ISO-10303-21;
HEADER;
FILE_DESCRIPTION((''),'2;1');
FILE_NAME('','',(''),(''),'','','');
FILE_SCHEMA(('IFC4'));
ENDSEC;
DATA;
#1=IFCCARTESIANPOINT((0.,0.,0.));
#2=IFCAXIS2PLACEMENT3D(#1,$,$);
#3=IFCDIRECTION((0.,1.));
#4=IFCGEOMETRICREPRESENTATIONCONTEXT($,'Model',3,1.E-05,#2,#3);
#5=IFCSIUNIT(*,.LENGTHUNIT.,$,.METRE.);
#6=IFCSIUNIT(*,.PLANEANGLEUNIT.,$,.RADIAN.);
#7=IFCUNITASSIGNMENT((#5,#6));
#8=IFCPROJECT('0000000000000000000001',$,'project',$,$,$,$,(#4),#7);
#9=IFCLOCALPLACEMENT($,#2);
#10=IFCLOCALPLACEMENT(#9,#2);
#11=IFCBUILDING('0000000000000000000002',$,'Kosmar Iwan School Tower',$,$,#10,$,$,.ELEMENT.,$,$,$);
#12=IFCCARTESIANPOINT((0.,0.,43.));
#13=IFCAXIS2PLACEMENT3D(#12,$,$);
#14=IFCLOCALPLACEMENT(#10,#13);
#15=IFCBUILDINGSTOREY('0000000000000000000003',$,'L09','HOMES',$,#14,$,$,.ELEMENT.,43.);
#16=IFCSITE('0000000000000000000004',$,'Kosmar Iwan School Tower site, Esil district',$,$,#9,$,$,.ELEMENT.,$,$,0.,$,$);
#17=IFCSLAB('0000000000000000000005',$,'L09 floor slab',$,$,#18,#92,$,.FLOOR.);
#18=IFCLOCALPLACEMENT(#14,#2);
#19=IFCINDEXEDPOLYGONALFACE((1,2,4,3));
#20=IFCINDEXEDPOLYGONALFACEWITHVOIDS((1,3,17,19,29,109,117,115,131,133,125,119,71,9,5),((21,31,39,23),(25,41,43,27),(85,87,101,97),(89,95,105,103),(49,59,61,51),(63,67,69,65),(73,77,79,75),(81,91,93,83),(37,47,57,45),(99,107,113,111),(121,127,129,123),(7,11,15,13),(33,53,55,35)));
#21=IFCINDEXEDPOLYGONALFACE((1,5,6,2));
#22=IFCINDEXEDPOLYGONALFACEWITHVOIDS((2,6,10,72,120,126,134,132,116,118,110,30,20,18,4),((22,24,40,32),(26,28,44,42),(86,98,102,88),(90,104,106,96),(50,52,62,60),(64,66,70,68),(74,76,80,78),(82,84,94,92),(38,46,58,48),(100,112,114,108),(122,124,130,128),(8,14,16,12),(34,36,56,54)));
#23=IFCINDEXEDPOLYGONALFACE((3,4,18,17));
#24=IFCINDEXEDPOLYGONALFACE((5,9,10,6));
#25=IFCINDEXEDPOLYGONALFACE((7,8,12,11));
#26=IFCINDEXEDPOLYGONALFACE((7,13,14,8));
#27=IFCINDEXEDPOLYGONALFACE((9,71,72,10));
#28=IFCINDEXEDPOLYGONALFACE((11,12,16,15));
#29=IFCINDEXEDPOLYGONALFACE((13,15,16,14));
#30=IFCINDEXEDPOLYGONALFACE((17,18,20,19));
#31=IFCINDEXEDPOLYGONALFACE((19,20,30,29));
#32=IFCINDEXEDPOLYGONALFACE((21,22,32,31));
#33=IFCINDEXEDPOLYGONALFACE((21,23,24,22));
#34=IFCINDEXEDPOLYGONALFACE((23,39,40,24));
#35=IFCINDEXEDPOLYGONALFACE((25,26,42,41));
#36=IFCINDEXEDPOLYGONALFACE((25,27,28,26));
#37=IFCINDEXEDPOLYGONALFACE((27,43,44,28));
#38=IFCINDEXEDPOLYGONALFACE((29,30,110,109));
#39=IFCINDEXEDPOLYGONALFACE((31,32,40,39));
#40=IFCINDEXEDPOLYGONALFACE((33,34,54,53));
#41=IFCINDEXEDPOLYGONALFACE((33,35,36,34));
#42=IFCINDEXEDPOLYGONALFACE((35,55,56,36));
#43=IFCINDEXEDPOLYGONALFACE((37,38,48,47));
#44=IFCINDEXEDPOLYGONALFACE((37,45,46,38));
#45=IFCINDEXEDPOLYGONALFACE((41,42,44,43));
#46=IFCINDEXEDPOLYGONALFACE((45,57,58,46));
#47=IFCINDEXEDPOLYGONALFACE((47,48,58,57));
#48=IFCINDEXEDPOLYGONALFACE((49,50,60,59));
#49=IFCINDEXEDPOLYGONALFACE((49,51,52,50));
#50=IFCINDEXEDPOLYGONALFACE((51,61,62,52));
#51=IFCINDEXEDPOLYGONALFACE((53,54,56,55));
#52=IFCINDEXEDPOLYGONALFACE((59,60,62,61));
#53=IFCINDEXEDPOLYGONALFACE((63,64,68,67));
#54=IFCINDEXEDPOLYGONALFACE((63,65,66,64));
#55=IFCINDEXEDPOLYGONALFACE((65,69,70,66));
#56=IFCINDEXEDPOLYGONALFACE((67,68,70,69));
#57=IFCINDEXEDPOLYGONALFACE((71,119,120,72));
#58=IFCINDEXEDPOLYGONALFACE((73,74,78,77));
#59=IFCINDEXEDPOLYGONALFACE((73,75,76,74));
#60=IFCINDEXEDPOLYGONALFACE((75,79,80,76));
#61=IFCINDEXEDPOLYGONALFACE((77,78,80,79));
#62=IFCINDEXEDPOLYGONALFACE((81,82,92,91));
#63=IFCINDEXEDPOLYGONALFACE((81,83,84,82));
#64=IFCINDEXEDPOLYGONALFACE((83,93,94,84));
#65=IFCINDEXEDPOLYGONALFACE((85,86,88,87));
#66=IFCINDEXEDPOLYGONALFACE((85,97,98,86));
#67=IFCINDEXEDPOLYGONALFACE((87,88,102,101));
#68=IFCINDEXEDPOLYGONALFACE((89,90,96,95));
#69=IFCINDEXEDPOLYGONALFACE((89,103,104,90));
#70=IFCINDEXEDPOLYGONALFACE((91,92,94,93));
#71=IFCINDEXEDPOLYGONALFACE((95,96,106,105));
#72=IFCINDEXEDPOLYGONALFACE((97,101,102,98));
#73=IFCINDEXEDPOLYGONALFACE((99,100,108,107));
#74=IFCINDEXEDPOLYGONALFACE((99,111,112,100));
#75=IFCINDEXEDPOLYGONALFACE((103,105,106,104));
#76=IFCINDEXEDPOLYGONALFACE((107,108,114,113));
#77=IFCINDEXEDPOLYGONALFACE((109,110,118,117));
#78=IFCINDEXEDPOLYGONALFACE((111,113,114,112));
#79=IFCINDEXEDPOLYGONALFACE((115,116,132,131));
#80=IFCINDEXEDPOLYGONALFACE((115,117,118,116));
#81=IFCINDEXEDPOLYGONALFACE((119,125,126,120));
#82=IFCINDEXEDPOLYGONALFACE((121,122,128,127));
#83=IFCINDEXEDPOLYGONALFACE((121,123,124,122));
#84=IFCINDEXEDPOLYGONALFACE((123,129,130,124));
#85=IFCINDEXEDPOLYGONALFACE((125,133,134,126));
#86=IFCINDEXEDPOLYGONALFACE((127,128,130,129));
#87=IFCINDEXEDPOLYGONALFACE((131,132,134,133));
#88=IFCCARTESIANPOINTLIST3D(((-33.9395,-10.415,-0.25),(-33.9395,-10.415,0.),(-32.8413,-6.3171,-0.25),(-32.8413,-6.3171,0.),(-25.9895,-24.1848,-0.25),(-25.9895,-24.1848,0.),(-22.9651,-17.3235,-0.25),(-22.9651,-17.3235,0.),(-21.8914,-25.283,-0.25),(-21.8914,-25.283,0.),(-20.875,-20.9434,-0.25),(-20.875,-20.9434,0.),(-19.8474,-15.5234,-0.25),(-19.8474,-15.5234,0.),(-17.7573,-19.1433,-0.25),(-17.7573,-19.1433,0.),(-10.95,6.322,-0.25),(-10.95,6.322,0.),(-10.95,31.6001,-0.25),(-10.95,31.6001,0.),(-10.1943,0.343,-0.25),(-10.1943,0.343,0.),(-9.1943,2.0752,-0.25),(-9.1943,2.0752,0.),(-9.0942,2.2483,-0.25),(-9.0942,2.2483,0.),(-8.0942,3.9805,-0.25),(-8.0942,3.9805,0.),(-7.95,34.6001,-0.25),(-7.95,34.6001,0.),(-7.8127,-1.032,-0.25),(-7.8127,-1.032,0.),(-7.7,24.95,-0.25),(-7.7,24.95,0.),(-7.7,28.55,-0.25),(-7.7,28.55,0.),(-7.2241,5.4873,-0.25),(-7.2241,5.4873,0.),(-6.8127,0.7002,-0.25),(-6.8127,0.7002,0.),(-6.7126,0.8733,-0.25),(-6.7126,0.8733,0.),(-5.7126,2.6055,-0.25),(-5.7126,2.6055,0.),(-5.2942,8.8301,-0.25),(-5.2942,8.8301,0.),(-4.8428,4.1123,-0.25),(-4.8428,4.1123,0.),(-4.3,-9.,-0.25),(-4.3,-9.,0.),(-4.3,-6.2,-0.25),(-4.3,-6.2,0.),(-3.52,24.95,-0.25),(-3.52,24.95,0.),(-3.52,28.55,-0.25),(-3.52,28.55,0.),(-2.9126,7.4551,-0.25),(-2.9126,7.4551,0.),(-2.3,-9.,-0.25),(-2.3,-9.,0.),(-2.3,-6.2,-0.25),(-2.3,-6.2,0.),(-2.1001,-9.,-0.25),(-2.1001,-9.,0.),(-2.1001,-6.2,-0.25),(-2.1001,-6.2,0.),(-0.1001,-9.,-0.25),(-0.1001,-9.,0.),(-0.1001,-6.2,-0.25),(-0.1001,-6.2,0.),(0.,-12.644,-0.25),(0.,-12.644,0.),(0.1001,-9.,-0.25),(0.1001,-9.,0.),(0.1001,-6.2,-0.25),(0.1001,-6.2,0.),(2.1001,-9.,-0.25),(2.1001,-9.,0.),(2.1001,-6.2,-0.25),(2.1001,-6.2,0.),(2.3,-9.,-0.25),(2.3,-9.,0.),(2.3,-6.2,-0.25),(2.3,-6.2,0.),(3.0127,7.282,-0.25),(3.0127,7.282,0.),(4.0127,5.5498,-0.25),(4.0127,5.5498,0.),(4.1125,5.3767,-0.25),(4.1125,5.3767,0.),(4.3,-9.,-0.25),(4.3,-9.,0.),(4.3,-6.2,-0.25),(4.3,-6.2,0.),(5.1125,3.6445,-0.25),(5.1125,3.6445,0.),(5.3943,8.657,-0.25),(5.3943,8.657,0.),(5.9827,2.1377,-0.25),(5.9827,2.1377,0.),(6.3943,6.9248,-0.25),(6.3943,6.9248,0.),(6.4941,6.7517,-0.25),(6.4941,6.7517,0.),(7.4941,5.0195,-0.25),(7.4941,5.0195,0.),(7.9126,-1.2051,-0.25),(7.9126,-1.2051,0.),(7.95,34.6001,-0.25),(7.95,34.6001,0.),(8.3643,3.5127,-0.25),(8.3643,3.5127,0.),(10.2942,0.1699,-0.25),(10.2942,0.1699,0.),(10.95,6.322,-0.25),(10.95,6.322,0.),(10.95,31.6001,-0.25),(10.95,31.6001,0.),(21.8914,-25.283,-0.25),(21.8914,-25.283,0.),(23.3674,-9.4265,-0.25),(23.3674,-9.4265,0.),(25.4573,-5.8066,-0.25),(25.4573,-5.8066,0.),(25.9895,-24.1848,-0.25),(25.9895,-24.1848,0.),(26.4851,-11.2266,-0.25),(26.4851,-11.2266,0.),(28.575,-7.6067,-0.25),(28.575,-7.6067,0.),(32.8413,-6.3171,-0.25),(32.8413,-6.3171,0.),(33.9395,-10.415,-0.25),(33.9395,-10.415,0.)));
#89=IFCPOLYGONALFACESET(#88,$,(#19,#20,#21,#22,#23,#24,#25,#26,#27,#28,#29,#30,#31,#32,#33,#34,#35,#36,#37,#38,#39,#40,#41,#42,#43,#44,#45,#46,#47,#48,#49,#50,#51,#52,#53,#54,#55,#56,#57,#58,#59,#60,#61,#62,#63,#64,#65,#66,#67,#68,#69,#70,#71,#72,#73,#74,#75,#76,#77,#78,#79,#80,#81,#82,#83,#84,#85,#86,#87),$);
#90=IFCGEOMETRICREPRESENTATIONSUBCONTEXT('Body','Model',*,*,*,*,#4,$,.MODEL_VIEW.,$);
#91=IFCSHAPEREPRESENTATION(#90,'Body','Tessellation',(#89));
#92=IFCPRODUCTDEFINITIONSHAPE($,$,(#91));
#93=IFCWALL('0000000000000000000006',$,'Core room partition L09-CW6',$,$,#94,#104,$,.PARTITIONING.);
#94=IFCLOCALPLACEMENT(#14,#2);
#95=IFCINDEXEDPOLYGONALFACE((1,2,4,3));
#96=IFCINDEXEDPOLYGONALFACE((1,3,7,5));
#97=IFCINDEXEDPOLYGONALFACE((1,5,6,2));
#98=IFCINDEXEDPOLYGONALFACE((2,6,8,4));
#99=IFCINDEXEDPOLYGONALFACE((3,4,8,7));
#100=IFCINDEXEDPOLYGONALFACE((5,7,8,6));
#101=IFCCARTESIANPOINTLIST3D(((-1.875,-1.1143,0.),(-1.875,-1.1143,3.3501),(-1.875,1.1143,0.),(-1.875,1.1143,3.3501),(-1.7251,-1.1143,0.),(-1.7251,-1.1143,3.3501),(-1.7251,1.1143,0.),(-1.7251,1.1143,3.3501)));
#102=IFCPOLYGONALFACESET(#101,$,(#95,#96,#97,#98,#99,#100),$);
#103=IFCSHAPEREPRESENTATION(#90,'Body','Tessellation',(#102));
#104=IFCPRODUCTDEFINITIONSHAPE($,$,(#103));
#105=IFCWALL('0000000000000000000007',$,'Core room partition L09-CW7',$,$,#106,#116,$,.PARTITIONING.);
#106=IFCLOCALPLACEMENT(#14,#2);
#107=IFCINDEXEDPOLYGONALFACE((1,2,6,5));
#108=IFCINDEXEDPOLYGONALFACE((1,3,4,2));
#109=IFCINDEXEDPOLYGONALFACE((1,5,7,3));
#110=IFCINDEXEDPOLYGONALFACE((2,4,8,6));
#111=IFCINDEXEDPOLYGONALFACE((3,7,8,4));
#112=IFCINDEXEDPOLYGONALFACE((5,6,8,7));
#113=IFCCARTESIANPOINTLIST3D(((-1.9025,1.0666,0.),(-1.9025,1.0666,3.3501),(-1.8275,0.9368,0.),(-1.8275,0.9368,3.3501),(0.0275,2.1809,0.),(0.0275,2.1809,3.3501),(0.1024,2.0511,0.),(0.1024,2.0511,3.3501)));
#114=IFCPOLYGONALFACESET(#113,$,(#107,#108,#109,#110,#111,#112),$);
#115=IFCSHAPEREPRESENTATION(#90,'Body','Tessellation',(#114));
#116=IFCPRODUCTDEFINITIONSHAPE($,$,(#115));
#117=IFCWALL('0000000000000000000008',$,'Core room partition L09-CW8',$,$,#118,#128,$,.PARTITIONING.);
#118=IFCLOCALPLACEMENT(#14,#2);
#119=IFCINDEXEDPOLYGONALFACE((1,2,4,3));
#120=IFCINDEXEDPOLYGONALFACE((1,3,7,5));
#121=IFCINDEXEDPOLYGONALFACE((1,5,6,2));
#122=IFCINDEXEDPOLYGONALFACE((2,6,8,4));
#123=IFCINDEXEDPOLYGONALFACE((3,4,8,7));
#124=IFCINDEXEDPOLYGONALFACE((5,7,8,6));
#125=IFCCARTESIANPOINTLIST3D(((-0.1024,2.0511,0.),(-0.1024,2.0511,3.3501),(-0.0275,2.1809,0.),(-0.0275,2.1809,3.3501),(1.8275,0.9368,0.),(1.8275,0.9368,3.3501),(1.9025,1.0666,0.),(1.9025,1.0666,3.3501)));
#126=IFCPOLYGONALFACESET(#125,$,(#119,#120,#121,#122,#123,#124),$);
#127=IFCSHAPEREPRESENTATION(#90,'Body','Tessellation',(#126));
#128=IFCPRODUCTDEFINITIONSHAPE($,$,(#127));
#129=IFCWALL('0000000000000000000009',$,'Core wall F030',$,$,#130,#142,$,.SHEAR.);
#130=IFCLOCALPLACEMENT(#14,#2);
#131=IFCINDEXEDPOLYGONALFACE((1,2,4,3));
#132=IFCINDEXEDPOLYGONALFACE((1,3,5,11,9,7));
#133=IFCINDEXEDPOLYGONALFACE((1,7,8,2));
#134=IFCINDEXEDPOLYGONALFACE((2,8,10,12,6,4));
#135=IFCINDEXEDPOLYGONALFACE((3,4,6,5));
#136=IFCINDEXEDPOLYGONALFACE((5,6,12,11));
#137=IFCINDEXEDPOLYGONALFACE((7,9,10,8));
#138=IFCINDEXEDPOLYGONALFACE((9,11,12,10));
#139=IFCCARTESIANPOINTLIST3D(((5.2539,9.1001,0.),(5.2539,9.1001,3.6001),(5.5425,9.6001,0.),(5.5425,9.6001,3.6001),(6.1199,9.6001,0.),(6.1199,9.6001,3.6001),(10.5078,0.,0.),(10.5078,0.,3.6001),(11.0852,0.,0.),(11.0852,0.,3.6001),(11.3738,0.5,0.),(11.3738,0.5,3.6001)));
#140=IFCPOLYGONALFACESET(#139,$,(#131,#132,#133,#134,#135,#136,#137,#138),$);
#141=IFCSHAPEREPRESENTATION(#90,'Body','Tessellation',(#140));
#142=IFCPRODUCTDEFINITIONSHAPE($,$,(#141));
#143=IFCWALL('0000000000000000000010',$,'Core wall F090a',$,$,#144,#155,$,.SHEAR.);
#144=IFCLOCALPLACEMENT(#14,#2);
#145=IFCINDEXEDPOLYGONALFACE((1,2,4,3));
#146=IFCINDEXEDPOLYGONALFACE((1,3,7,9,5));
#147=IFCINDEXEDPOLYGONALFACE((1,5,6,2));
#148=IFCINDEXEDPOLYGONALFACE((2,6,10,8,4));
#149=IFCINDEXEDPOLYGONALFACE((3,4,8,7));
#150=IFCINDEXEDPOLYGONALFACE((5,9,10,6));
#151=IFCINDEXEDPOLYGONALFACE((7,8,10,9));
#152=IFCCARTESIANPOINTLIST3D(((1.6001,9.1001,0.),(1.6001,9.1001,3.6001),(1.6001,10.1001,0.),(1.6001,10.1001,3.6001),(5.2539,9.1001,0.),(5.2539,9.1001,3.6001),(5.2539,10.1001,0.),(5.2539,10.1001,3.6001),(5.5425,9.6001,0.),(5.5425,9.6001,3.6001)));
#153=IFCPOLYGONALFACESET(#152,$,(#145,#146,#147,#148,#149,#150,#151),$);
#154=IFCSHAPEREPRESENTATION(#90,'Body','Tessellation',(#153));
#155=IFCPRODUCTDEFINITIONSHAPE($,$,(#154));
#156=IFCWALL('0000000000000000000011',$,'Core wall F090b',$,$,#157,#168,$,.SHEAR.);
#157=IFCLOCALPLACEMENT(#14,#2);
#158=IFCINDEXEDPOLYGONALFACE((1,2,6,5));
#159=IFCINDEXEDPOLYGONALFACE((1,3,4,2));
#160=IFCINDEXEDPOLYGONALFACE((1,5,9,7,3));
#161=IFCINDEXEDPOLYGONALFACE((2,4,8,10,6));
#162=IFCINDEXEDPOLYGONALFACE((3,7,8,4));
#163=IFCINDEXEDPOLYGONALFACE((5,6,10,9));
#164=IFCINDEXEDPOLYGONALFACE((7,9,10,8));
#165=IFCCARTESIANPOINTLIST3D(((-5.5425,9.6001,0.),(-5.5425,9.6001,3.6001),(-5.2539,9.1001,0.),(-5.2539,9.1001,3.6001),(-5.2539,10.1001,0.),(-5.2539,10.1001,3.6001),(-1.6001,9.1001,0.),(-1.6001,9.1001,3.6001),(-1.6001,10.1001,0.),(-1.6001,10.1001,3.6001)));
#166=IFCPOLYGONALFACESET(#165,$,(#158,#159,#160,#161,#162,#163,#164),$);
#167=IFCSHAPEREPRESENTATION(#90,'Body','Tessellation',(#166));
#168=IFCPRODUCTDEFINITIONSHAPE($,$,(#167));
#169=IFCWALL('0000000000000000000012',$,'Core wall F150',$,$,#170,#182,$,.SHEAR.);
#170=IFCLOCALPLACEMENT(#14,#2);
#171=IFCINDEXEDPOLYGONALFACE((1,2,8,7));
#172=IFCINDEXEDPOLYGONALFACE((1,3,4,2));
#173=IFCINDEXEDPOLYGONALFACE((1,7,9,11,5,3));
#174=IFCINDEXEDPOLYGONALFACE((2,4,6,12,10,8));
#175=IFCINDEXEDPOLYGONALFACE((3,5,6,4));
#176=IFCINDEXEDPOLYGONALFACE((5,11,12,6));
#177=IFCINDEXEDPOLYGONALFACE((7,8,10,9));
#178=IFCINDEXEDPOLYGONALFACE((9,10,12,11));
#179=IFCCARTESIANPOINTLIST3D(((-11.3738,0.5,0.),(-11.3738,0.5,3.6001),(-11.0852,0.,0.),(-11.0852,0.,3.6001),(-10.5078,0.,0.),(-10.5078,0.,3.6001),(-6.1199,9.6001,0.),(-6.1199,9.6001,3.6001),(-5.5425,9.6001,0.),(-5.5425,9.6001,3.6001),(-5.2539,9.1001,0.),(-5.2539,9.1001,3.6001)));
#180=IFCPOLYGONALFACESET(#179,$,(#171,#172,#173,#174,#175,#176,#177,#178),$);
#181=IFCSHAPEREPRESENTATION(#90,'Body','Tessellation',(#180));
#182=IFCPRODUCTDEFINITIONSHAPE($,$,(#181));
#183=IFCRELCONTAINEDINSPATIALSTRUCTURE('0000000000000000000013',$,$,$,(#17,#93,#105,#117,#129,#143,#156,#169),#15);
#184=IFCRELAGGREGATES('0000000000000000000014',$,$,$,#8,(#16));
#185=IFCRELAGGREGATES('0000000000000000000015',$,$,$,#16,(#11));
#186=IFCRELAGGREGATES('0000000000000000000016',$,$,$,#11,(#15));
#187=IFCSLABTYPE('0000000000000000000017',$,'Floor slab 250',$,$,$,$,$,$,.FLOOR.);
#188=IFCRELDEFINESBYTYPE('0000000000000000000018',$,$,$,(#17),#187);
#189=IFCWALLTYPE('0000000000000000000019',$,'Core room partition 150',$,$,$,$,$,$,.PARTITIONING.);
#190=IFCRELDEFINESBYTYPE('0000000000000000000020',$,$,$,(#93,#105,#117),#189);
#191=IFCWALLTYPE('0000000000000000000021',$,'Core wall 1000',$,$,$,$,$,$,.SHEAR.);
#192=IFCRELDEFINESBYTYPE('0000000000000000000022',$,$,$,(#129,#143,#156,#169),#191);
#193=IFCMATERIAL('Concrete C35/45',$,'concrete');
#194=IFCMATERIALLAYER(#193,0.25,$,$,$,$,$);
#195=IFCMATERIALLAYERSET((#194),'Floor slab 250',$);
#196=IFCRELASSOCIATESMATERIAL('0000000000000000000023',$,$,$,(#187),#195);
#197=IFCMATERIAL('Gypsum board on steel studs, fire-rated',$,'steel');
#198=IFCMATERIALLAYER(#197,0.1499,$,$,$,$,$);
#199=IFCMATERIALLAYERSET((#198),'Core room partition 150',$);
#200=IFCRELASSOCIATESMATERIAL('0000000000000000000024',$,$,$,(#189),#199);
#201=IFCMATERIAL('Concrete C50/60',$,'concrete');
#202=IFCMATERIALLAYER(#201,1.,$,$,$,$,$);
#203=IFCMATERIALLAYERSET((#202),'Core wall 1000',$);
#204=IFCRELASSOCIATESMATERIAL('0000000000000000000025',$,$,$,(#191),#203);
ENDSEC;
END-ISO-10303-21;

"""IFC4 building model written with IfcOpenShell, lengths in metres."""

from ifc_helpers import new_model, si_unit, direction, frame, frame_2d, origin, place, context, subcontext, project, spatial, polyline, rectangle, outline, extrude, material, layer, layer_set, type_object, element, save


model = new_model("IFC4")

# Units and contexts
model_context = context("Model", 3, precision=1e-05, world=origin(), true_north=direction((0.0, 1.0)))
body_context = subcontext(model_context, "Body", "Model", "MODEL_VIEW")
ifc_project = project(units=[si_unit("LENGTHUNIT", "METRE"), si_unit("PLANEANGLEUNIT", "RADIAN")], contexts=[model_context])

# Site, building, storey
site_placement = place(None, origin())
site = spatial("IfcSite", under=ifc_project, at=site_placement, Name="Kosmar Iwan School Tower site, Esil district", CompositionType="ELEMENT", RefElevation=0.0)
building_placement = place(site_placement, origin())
building = spatial("IfcBuilding", under=site, at=building_placement, Name="Kosmar Iwan School Tower", CompositionType="ELEMENT")
storey_placement = place(building_placement, frame((0.0, 0.0, 43.0)))
storey = spatial("IfcBuildingStorey", under=building, at=storey_placement, Name="L09", Description="HOMES", CompositionType="ELEMENT", Elevation=43.0)

# Slab
ifc_material_1 = material(Name="Concrete C35/45", Category="concrete")
ifc_layer_1 = layer(ifc_material_1, 0.25)
ifc_layer_set_1 = layer_set([ifc_layer_1], Name="Floor slab 250")
slab_type = type_object("IfcSlabType", Name="Floor slab 250", PredefinedType="FLOOR", material=ifc_layer_set_1)
slab_placement = place(storey_placement, frame((0.0, 0.0, -0.25)))
element("IfcSlab", 1, at=slab_placement, inside=storey, type_object=slab_type, Name="L09 floor slab", PredefinedType="FLOOR", context=body_context, shape_type="SweptSolid", body=[
    extrude(outline(polyline([(-21.8914, -25.283), (0.0, -12.644), (21.8914, -25.283), (25.9895, -24.1848), (33.9395, -10.415), (32.8413, -6.3171), (10.95, 6.322), (10.95, 31.6001), (7.95, 34.6001), (-7.95, 34.6001), (-10.95, 31.6001), (-10.95, 6.322), (-32.8413, -6.3171), (-33.9395, -10.415), (-25.9895, -24.1848), (-21.8914, -25.283)]), holes=[polyline([(7.9126, -1.2051), (10.2942, 0.1699), (8.3643, 3.5127), (5.9827, 2.1377), (7.9126, -1.2051)]), polyline([(-2.9126, 7.4551), (-5.2942, 8.8301), (-7.2241, 5.4873), (-4.8428, 4.1123), (-2.9126, 7.4551)]), polyline([(-5.7126, 2.6055), (-8.0942, 3.9805), (-9.0942, 2.2483), (-6.7126, 0.8733), (-5.7126, 2.6055)]), polyline([(-6.8127, 0.7002), (-9.1943, 2.0752), (-10.1943, 0.343), (-7.8127, -1.032), (-6.8127, 0.7002)]), polyline([(5.1125, 3.6445), (7.4941, 5.0195), (6.4941, 6.7517), (4.1125, 5.3767), (5.1125, 3.6445)]), polyline([(4.0127, 5.5498), (6.3943, 6.9248), (5.3943, 8.657), (3.0127, 7.282), (4.0127, 5.5498)]), polyline([(-4.3, -6.2), (-4.3, -9.0), (-2.3, -9.0), (-2.3, -6.2), (-4.3, -6.2)]), polyline([(-2.1001, -6.2), (-2.1001, -9.0), (-0.1001, -9.0), (-0.1001, -6.2), (-2.1001, -6.2)]), polyline([(0.1001, -6.2), (0.1001, -9.0), (2.1001, -9.0), (2.1001, -6.2), (0.1001, -6.2)]), polyline([(2.3, -6.2), (2.3, -9.0), (4.3, -9.0), (4.3, -6.2), (2.3, -6.2)]), polyline([(-3.52, 24.95), (-3.52, 28.55), (-7.7, 28.55), (-7.7, 24.95), (-3.52, 24.95)]), polyline([(-19.8474, -15.5234), (-22.9651, -17.3235), (-20.875, -20.9434), (-17.7573, -19.1433), (-19.8474, -15.5234)]), polyline([(23.3674, -9.4265), (26.4851, -11.2266), (28.575, -7.6067), (25.4573, -5.8066), (23.3674, -9.4265)])]), origin(), (0.0, 0.0, 1.0), 0.25),
])

# Walls
ifc_material_2 = material(Name="Gypsum board on steel studs, fire-rated", Category="steel")
ifc_layer_2 = layer(ifc_material_2, 0.1499)
ifc_layer_set_2 = layer_set([ifc_layer_2], Name="Core room partition 150")
wall_type_1 = type_object("IfcWallType", Name="Core room partition 150", PredefinedType="PARTITIONING", material=ifc_layer_set_2)
for number, where, z_axis, x_axis, name in (
    (2, (-1.8, -1.1143, 0.0), (0.0, 0.0, 1.0), (0.0, 1.0, 0.0), "Core room partition L09-CW6"),
    (3, (-1.865, 1.0017, 0.0), (0.0, 0.0, 1.0), (0.866023, 0.500004, 0.0), "Core room partition L09-CW7"),
    (4, (-0.0649, 2.116, 0.0), (0.0, 0.0, 1.0), (0.866023, -0.500004, 0.0), "Core room partition L09-CW8"),
):
    element("IfcWall", number, at=place(storey_placement, frame(where, z_axis=z_axis, x_axis=x_axis)), inside=storey, type_object=wall_type_1, Name=name, PredefinedType="PARTITIONING", context=body_context, shape_type="SweptSolid", body=[
        extrude(rectangle(XDim=2.2285, YDim=0.1499, at=frame_2d((1.1143, 0.0))), origin(), (0.0, 0.0, 1.0), 3.3501),
    ])
ifc_material_3 = material(Name="Concrete C50/60", Category="concrete")
ifc_layer_3 = layer(ifc_material_3, 1.0)
ifc_layer_set_3 = layer_set([ifc_layer_3], Name="Core wall 1000")
wall_type_2 = type_object("IfcWallType", Name="Core wall 1000", PredefinedType="SHEAR", material=ifc_layer_set_3)
wall_1_placement = place(storey_placement, origin())
element("IfcWall", 5, at=wall_1_placement, inside=storey, type_object=wall_type_2, Name="Core wall F030", PredefinedType="SHEAR", context=body_context, shape_type="SweptSolid", body=[
    extrude(outline(polyline([(10.5078, 0.0), (11.0852, 0.0), (11.3738, 0.5), (6.1199, 9.6001), (5.5425, 9.6001), (5.2539, 9.1001), (10.5078, 0.0)])), origin(), (0.0, 0.0, 1.0), 3.6001),
])
wall_2_placement = place(storey_placement, origin())
element("IfcWall", 6, at=wall_2_placement, inside=storey, type_object=wall_type_2, Name="Core wall F090a", PredefinedType="SHEAR", context=body_context, shape_type="SweptSolid", body=[
    extrude(outline(polyline([(1.6001, 9.1001), (5.2539, 9.1001), (5.5425, 9.6001), (5.2539, 10.1001), (1.6001, 10.1001), (1.6001, 9.1001)])), origin(), (0.0, 0.0, 1.0), 3.6001),
])
wall_3_placement = place(storey_placement, origin())
element("IfcWall", 7, at=wall_3_placement, inside=storey, type_object=wall_type_2, Name="Core wall F090b", PredefinedType="SHEAR", context=body_context, shape_type="SweptSolid", body=[
    extrude(outline(polyline([(-5.2539, 9.1001), (-1.6001, 9.1001), (-1.6001, 10.1001), (-5.2539, 10.1001), (-5.5425, 9.6001), (-5.2539, 9.1001)])), origin(), (0.0, 0.0, 1.0), 3.6001),
])
wall_4_placement = place(storey_placement, origin())
element("IfcWall", 8, at=wall_4_placement, inside=storey, type_object=wall_type_2, Name="Core wall F150", PredefinedType="SHEAR", context=body_context, shape_type="SweptSolid", body=[
    extrude(outline(polyline([(-11.0852, 0.0), (-10.5078, 0.0), (-5.2539, 9.1001), (-5.5425, 9.6001), (-6.1199, 9.6001), (-11.3738, 0.5), (-11.0852, 0.0)])), origin(), (0.0, 0.0, 1.0), 3.6001),
])

save(model, "model.ifc")
